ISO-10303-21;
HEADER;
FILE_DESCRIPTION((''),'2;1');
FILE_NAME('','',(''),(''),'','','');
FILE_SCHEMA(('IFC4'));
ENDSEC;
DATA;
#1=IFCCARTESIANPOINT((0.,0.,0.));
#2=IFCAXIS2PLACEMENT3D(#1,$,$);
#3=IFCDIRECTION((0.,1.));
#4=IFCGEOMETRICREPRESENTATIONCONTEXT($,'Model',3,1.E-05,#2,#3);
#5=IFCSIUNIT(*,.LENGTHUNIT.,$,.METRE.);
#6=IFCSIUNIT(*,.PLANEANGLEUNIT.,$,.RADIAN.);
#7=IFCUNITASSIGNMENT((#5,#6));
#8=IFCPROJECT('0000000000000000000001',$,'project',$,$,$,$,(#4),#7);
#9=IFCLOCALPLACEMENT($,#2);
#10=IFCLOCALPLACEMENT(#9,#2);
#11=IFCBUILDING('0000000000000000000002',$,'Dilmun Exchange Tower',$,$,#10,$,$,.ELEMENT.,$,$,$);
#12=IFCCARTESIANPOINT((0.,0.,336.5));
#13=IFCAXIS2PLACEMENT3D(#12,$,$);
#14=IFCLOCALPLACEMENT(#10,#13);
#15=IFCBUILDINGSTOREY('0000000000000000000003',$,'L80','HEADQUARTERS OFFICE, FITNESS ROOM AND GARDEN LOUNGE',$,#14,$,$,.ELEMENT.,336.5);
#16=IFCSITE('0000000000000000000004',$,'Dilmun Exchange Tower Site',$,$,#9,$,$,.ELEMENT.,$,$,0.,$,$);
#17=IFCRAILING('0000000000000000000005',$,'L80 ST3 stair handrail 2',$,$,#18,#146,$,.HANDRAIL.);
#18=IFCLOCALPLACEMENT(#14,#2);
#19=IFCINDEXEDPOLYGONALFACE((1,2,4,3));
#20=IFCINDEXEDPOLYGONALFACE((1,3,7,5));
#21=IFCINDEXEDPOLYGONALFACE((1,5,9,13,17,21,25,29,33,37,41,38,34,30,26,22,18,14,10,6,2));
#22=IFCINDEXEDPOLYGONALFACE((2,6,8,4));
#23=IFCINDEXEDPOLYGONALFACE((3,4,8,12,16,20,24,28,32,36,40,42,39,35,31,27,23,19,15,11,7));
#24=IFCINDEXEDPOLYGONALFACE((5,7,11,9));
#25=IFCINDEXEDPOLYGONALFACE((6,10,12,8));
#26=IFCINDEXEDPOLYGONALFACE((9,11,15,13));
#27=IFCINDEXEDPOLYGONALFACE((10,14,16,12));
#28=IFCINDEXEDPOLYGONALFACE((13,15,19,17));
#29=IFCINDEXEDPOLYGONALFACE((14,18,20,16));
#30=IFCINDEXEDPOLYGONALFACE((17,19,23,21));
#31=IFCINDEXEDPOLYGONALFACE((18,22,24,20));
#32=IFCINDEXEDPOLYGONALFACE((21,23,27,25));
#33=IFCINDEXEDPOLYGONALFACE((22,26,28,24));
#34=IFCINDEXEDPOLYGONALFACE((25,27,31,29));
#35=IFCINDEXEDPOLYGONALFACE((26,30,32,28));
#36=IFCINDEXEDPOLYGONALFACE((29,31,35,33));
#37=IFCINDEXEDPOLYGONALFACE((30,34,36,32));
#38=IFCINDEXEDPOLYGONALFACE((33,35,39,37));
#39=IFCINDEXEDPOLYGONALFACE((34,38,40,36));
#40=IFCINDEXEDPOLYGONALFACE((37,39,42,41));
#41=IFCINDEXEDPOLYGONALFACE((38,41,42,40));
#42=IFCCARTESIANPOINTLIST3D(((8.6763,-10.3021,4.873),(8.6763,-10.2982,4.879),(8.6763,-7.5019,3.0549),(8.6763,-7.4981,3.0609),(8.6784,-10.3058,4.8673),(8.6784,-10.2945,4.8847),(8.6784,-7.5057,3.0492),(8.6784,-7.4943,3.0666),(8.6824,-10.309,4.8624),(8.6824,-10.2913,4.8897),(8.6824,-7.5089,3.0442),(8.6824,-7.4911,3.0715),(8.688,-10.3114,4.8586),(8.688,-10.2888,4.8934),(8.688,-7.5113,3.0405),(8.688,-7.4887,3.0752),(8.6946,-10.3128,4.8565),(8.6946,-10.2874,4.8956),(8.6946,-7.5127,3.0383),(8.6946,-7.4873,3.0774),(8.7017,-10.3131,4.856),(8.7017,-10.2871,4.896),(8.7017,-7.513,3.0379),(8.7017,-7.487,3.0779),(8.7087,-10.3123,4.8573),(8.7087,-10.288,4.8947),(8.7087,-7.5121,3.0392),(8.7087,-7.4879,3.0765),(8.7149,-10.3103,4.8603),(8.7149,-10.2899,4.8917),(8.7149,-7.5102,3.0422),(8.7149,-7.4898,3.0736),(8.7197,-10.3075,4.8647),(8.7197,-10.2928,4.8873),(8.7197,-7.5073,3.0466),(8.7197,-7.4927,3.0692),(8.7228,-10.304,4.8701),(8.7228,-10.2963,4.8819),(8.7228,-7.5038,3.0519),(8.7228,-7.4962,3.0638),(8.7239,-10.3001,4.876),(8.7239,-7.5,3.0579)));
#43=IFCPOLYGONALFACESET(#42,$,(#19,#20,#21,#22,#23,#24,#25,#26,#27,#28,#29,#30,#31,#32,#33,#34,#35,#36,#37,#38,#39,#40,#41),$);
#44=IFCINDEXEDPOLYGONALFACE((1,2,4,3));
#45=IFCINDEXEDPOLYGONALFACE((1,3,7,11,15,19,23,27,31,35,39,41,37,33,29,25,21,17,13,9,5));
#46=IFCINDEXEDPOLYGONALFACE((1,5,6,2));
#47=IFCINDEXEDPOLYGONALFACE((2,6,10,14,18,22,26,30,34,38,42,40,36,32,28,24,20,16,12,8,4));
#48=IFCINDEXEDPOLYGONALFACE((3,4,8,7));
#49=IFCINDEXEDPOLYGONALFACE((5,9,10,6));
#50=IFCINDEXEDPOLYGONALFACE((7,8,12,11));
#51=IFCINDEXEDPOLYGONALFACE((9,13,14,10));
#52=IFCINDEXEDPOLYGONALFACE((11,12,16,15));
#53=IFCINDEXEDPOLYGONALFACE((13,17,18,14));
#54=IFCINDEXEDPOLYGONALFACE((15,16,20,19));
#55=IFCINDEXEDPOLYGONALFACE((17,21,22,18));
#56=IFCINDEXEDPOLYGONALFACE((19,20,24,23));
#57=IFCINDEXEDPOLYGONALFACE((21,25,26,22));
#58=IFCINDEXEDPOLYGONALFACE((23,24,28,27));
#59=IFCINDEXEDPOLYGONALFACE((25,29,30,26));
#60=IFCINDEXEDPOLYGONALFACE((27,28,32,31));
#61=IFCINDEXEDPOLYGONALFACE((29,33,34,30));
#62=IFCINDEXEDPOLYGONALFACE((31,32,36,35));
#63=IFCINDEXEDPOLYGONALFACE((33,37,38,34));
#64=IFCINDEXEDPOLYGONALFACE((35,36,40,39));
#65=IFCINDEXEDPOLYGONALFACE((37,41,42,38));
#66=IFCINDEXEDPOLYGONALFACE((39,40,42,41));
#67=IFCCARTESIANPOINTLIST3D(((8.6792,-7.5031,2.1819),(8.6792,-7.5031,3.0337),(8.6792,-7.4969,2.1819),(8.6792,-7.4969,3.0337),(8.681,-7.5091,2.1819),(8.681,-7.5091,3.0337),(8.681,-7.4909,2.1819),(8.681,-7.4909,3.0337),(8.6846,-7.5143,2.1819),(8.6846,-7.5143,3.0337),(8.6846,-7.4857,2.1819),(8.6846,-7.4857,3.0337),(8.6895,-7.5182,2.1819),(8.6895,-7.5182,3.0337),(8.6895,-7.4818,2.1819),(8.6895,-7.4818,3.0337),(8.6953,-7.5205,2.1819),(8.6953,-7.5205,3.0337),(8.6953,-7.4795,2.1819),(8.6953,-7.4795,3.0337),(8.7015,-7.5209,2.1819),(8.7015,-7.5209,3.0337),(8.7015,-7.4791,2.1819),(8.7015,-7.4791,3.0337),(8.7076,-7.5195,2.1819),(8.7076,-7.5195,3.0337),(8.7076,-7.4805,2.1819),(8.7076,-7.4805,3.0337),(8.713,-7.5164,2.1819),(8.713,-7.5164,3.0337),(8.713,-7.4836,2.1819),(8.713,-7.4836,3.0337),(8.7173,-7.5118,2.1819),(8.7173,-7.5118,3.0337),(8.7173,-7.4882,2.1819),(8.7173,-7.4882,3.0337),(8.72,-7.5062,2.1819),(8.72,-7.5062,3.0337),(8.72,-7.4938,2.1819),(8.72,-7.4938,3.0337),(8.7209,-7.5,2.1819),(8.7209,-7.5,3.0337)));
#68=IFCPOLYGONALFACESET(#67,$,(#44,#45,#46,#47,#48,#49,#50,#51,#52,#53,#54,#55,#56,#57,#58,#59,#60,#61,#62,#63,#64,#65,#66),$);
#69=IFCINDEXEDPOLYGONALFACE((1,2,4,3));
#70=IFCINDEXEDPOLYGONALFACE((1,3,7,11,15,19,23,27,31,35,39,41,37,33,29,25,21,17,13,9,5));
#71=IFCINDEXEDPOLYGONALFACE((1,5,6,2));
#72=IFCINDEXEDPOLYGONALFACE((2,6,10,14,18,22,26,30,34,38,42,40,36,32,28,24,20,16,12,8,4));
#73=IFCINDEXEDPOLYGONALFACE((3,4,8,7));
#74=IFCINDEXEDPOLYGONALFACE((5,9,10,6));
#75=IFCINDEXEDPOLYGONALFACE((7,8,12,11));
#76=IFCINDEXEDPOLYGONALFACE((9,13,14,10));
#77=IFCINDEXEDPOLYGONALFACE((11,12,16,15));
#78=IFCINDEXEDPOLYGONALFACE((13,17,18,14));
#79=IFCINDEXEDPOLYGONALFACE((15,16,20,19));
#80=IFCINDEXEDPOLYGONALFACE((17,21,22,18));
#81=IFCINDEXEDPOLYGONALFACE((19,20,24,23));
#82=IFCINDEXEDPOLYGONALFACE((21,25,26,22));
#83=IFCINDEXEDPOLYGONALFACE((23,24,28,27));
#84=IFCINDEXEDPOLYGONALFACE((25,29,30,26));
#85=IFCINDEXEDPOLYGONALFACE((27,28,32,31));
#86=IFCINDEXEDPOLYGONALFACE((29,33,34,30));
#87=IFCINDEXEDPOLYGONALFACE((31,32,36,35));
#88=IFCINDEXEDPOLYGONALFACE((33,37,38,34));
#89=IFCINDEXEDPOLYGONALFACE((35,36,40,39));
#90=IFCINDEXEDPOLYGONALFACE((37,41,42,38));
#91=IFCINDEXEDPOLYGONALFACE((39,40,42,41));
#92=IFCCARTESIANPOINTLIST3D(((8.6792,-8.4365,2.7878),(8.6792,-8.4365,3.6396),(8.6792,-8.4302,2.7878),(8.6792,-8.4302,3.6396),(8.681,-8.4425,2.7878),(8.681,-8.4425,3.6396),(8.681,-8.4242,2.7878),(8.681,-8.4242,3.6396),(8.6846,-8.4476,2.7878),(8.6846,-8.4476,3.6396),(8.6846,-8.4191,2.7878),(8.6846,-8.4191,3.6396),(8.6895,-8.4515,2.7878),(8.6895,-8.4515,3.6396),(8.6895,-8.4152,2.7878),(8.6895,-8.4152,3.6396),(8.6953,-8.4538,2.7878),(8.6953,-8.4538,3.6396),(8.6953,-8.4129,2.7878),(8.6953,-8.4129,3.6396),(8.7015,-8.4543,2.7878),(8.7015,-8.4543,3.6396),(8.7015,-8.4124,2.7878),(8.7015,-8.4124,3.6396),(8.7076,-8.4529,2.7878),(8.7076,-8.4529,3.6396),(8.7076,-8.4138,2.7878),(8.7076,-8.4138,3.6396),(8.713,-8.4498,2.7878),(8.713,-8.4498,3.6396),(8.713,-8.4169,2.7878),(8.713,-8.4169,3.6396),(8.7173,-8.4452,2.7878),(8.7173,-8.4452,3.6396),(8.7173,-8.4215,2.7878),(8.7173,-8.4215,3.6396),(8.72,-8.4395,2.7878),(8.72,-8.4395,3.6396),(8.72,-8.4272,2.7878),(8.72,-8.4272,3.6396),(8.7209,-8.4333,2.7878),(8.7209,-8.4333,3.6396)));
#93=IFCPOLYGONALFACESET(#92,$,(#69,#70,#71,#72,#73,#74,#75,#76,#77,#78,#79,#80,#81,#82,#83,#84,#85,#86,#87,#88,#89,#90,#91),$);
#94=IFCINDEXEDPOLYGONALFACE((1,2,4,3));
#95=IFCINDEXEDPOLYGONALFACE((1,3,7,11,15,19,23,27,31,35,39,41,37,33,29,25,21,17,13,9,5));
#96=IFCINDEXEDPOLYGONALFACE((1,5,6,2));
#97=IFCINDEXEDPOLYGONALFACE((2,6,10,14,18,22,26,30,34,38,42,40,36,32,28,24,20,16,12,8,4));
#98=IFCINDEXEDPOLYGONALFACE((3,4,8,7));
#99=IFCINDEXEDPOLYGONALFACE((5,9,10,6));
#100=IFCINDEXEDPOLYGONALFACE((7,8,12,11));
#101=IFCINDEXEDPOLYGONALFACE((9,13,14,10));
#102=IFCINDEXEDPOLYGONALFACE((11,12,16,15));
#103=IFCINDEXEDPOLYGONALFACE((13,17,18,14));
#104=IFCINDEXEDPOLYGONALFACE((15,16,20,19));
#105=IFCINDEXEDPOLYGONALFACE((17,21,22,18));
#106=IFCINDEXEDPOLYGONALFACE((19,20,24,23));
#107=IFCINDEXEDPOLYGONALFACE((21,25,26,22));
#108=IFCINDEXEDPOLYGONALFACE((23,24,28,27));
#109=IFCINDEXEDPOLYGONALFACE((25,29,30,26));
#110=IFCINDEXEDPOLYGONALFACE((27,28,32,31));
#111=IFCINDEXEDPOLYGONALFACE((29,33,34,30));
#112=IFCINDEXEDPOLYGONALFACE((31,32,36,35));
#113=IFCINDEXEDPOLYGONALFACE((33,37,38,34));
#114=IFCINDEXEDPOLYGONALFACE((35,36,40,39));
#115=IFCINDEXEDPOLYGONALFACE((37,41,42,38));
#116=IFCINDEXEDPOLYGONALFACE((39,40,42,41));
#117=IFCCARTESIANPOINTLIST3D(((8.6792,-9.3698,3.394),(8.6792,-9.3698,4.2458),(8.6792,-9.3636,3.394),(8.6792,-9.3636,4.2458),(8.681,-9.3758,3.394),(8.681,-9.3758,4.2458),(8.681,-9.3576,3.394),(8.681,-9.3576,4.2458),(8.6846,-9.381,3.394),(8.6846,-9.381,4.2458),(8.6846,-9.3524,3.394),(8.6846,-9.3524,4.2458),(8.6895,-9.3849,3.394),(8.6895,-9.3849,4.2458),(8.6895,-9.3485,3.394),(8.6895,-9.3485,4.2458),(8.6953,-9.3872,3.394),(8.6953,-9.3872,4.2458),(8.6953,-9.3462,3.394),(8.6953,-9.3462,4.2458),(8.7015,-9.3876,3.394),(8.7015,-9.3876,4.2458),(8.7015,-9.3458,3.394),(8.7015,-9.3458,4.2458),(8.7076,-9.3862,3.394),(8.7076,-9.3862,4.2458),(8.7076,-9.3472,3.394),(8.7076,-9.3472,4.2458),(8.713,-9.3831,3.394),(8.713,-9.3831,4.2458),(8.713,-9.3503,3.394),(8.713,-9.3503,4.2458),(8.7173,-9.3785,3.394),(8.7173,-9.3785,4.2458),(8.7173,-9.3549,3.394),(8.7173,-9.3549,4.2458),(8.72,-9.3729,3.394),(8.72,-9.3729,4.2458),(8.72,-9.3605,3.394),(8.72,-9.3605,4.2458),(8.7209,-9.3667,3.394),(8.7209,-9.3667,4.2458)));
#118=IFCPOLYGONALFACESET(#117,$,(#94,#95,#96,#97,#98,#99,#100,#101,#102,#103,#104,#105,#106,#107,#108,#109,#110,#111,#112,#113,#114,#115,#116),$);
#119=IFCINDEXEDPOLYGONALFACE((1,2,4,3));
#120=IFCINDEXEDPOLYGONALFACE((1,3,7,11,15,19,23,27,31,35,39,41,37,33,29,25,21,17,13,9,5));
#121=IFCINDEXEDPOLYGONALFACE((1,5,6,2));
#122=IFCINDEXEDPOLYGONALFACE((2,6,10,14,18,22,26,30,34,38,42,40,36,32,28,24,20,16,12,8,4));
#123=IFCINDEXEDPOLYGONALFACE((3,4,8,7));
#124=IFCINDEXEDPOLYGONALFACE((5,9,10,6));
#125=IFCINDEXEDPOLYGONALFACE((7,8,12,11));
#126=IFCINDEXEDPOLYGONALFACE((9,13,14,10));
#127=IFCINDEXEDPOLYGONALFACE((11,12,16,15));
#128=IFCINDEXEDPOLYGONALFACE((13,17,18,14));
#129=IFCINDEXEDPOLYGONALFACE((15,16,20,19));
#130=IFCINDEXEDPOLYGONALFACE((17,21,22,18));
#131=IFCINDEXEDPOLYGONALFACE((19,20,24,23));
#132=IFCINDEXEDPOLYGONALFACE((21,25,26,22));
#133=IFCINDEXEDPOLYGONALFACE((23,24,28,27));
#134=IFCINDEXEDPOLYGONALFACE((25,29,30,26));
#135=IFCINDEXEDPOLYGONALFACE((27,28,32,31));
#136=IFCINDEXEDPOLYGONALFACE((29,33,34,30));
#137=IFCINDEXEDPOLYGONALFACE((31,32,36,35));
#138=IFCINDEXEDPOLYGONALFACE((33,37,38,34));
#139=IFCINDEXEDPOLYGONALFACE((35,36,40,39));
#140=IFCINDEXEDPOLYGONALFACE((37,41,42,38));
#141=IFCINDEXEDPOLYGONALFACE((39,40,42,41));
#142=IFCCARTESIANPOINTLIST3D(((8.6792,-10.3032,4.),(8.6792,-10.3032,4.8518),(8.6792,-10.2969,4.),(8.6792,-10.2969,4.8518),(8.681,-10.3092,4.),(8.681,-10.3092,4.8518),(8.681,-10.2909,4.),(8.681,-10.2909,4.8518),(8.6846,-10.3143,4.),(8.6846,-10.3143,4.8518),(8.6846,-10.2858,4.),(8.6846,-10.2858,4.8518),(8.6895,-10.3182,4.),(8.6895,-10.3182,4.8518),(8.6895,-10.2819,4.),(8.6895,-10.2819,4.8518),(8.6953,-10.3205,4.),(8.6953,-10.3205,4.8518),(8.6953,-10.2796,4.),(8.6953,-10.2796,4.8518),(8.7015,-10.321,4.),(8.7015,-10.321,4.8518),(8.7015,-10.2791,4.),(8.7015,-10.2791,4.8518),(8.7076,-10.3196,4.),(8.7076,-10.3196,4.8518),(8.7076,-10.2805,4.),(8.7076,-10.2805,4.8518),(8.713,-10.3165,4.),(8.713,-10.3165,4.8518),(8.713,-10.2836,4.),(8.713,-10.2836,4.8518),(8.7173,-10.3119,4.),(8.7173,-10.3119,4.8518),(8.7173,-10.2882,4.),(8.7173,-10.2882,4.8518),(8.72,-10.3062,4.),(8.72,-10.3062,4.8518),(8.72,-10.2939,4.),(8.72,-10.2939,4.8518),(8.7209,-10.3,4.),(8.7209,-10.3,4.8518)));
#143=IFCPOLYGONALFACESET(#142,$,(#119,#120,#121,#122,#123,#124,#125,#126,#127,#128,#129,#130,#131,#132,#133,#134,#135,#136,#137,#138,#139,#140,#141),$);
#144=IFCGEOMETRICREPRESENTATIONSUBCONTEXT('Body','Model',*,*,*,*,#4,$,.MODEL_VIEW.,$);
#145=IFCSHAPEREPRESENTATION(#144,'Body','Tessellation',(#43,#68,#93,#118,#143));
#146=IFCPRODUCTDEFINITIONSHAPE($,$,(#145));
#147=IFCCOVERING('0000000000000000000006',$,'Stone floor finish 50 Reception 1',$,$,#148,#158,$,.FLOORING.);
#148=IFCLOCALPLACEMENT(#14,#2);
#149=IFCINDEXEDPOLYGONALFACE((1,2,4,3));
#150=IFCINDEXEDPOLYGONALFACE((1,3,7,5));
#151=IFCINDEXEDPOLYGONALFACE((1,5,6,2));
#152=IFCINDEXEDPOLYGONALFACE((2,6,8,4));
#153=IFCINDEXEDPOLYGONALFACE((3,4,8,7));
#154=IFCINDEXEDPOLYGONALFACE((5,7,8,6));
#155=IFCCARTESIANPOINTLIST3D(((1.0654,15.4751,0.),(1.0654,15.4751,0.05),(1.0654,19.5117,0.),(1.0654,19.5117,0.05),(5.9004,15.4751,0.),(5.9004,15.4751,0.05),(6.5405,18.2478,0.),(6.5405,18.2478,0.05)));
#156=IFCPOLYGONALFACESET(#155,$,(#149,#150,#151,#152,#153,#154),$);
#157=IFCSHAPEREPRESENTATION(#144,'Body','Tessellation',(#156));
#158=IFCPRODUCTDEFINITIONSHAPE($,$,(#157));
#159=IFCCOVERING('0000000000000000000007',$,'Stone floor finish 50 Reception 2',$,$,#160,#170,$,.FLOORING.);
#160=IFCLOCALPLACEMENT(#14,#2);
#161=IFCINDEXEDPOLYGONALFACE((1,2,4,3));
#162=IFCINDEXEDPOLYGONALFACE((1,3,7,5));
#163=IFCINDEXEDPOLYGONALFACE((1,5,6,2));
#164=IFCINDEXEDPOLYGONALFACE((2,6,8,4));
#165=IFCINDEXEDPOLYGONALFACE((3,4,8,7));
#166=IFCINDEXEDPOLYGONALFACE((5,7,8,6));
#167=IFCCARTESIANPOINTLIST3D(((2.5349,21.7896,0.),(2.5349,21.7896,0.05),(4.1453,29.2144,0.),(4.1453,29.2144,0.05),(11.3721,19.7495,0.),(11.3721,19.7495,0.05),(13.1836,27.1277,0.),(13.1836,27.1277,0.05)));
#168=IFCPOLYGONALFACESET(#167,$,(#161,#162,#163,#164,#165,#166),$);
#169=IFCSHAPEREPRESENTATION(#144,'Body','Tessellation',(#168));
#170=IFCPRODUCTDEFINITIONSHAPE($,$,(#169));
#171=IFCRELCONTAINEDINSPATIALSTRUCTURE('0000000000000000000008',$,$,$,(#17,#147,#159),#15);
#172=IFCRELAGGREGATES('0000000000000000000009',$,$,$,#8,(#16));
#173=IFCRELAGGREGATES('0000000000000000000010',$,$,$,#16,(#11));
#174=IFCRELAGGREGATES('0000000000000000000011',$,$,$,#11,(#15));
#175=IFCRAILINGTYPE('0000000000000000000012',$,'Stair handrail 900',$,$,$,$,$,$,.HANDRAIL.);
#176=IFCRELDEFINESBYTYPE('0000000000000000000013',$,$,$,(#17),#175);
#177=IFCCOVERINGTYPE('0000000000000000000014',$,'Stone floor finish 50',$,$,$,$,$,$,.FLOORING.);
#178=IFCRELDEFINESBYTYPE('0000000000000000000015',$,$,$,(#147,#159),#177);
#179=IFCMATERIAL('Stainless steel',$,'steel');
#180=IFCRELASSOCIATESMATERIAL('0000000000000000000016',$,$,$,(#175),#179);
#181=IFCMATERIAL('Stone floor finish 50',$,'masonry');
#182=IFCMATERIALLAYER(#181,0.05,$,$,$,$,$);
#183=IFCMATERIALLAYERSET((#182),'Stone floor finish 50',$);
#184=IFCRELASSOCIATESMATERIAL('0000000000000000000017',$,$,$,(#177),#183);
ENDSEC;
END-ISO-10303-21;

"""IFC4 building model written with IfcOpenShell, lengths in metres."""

from ifc_helpers import new_model, si_unit, direction, frame, origin, origin_2d, place, context, subcontext, project, spatial, polyline, circle, outline, extrude, material, layer, layer_set, type_object, element, save


model = new_model("IFC4")

# Units and contexts
model_context = context("Model", 3, precision=1e-05, world=origin(), true_north=direction((0.0, 1.0)))
body_context = subcontext(model_context, "Body", "Model", "MODEL_VIEW")
ifc_project = project(units=[si_unit("LENGTHUNIT", "METRE"), si_unit("PLANEANGLEUNIT", "RADIAN")], contexts=[model_context])

# Site, building, storey
site_placement = place(None, origin())
site = spatial("IfcSite", under=ifc_project, at=site_placement, Name="Dilmun Exchange Tower Site", CompositionType="ELEMENT", RefElevation=0.0)
building_placement = place(site_placement, origin())
building = spatial("IfcBuilding", under=site, at=building_placement, Name="Dilmun Exchange Tower", CompositionType="ELEMENT")
storey_placement = place(building_placement, frame((0.0, 0.0, 336.5)))
storey = spatial("IfcBuildingStorey", under=building, at=storey_placement, Name="L80", Description="HEADQUARTERS OFFICE, FITNESS ROOM AND GARDEN LOUNGE", CompositionType="ELEMENT", Elevation=336.5)

# Railing
ifc_material_1 = material(Name="Stainless steel", Category="steel")
railing_type = type_object("IfcRailingType", Name="Stair handrail 900", PredefinedType="HANDRAIL", material=ifc_material_1)
railing_placement = place(storey_placement, frame((8.7, -7.5, 2.1819)))
element("IfcRailing", 1, at=railing_placement, inside=storey, type_object=railing_type, Name="L80 ST3 stair handrail 2", PredefinedType="HANDRAIL", context=body_context, shape_type="SweptSolid", body=[
    extrude(circle(Radius=0.0239, at=origin_2d()), frame((0.0, 0.0, 0.876), z_axis=(0.0, -0.838706, 0.544585), x_axis=(1.0, 0.0, 0.0)), (0.0, 0.0, 1.0), 3.3386),
    extrude(circle(Radius=0.021, at=origin_2d()), origin(), (0.0, 0.0, 1.0), 0.8518),
    extrude(circle(Radius=0.021, at=origin_2d()), frame((0.0, -0.9333, 0.606)), (0.0, 0.0, 1.0), 0.8518),
    extrude(circle(Radius=0.021, at=origin_2d()), frame((0.0, -1.8667, 1.2122)), (0.0, 0.0, 1.0), 0.8518),
    extrude(circle(Radius=0.021, at=origin_2d()), frame((0.0, -2.8, 1.8181)), (0.0, 0.0, 1.0), 0.8518),
])

# Coverings
ifc_material_2 = material(Name="Stone floor finish 50", Category="masonry")
ifc_layer_1 = layer(ifc_material_2, 0.05)
ifc_layer_set_1 = layer_set([ifc_layer_1], Name="Stone floor finish 50")
covering_type_1 = type_object("IfcCoveringType", Name="Stone floor finish 50", PredefinedType="FLOORING", material=ifc_layer_set_1)
covering_1_placement = place(storey_placement, origin())
element("IfcCovering", 2, at=covering_1_placement, inside=storey, type_object=covering_type_1, Name="Stone floor finish 50 Reception 1", PredefinedType="FLOORING", context=body_context, shape_type="SweptSolid", body=[
    extrude(outline(polyline([(5.9004, 15.4751), (1.0654, 15.4751), (1.0654, 19.5117), (6.5405, 18.2478), (5.9004, 15.4751)])), origin(), (0.0, 0.0, 1.0), 0.05),
])
covering_2_placement = place(storey_placement, origin())
element("IfcCovering", 3, at=covering_2_placement, inside=storey, type_object=covering_type_1, Name="Stone floor finish 50 Reception 2", PredefinedType="FLOORING", context=body_context, shape_type="SweptSolid", body=[
    extrude(outline(polyline([(2.5349, 21.7896), (4.1453, 29.2144), (13.1836, 27.1277), (11.3721, 19.7495), (2.5349, 21.7896)])), origin(), (0.0, 0.0, 1.0), 0.05),
])

save(model, "model.ifc")
